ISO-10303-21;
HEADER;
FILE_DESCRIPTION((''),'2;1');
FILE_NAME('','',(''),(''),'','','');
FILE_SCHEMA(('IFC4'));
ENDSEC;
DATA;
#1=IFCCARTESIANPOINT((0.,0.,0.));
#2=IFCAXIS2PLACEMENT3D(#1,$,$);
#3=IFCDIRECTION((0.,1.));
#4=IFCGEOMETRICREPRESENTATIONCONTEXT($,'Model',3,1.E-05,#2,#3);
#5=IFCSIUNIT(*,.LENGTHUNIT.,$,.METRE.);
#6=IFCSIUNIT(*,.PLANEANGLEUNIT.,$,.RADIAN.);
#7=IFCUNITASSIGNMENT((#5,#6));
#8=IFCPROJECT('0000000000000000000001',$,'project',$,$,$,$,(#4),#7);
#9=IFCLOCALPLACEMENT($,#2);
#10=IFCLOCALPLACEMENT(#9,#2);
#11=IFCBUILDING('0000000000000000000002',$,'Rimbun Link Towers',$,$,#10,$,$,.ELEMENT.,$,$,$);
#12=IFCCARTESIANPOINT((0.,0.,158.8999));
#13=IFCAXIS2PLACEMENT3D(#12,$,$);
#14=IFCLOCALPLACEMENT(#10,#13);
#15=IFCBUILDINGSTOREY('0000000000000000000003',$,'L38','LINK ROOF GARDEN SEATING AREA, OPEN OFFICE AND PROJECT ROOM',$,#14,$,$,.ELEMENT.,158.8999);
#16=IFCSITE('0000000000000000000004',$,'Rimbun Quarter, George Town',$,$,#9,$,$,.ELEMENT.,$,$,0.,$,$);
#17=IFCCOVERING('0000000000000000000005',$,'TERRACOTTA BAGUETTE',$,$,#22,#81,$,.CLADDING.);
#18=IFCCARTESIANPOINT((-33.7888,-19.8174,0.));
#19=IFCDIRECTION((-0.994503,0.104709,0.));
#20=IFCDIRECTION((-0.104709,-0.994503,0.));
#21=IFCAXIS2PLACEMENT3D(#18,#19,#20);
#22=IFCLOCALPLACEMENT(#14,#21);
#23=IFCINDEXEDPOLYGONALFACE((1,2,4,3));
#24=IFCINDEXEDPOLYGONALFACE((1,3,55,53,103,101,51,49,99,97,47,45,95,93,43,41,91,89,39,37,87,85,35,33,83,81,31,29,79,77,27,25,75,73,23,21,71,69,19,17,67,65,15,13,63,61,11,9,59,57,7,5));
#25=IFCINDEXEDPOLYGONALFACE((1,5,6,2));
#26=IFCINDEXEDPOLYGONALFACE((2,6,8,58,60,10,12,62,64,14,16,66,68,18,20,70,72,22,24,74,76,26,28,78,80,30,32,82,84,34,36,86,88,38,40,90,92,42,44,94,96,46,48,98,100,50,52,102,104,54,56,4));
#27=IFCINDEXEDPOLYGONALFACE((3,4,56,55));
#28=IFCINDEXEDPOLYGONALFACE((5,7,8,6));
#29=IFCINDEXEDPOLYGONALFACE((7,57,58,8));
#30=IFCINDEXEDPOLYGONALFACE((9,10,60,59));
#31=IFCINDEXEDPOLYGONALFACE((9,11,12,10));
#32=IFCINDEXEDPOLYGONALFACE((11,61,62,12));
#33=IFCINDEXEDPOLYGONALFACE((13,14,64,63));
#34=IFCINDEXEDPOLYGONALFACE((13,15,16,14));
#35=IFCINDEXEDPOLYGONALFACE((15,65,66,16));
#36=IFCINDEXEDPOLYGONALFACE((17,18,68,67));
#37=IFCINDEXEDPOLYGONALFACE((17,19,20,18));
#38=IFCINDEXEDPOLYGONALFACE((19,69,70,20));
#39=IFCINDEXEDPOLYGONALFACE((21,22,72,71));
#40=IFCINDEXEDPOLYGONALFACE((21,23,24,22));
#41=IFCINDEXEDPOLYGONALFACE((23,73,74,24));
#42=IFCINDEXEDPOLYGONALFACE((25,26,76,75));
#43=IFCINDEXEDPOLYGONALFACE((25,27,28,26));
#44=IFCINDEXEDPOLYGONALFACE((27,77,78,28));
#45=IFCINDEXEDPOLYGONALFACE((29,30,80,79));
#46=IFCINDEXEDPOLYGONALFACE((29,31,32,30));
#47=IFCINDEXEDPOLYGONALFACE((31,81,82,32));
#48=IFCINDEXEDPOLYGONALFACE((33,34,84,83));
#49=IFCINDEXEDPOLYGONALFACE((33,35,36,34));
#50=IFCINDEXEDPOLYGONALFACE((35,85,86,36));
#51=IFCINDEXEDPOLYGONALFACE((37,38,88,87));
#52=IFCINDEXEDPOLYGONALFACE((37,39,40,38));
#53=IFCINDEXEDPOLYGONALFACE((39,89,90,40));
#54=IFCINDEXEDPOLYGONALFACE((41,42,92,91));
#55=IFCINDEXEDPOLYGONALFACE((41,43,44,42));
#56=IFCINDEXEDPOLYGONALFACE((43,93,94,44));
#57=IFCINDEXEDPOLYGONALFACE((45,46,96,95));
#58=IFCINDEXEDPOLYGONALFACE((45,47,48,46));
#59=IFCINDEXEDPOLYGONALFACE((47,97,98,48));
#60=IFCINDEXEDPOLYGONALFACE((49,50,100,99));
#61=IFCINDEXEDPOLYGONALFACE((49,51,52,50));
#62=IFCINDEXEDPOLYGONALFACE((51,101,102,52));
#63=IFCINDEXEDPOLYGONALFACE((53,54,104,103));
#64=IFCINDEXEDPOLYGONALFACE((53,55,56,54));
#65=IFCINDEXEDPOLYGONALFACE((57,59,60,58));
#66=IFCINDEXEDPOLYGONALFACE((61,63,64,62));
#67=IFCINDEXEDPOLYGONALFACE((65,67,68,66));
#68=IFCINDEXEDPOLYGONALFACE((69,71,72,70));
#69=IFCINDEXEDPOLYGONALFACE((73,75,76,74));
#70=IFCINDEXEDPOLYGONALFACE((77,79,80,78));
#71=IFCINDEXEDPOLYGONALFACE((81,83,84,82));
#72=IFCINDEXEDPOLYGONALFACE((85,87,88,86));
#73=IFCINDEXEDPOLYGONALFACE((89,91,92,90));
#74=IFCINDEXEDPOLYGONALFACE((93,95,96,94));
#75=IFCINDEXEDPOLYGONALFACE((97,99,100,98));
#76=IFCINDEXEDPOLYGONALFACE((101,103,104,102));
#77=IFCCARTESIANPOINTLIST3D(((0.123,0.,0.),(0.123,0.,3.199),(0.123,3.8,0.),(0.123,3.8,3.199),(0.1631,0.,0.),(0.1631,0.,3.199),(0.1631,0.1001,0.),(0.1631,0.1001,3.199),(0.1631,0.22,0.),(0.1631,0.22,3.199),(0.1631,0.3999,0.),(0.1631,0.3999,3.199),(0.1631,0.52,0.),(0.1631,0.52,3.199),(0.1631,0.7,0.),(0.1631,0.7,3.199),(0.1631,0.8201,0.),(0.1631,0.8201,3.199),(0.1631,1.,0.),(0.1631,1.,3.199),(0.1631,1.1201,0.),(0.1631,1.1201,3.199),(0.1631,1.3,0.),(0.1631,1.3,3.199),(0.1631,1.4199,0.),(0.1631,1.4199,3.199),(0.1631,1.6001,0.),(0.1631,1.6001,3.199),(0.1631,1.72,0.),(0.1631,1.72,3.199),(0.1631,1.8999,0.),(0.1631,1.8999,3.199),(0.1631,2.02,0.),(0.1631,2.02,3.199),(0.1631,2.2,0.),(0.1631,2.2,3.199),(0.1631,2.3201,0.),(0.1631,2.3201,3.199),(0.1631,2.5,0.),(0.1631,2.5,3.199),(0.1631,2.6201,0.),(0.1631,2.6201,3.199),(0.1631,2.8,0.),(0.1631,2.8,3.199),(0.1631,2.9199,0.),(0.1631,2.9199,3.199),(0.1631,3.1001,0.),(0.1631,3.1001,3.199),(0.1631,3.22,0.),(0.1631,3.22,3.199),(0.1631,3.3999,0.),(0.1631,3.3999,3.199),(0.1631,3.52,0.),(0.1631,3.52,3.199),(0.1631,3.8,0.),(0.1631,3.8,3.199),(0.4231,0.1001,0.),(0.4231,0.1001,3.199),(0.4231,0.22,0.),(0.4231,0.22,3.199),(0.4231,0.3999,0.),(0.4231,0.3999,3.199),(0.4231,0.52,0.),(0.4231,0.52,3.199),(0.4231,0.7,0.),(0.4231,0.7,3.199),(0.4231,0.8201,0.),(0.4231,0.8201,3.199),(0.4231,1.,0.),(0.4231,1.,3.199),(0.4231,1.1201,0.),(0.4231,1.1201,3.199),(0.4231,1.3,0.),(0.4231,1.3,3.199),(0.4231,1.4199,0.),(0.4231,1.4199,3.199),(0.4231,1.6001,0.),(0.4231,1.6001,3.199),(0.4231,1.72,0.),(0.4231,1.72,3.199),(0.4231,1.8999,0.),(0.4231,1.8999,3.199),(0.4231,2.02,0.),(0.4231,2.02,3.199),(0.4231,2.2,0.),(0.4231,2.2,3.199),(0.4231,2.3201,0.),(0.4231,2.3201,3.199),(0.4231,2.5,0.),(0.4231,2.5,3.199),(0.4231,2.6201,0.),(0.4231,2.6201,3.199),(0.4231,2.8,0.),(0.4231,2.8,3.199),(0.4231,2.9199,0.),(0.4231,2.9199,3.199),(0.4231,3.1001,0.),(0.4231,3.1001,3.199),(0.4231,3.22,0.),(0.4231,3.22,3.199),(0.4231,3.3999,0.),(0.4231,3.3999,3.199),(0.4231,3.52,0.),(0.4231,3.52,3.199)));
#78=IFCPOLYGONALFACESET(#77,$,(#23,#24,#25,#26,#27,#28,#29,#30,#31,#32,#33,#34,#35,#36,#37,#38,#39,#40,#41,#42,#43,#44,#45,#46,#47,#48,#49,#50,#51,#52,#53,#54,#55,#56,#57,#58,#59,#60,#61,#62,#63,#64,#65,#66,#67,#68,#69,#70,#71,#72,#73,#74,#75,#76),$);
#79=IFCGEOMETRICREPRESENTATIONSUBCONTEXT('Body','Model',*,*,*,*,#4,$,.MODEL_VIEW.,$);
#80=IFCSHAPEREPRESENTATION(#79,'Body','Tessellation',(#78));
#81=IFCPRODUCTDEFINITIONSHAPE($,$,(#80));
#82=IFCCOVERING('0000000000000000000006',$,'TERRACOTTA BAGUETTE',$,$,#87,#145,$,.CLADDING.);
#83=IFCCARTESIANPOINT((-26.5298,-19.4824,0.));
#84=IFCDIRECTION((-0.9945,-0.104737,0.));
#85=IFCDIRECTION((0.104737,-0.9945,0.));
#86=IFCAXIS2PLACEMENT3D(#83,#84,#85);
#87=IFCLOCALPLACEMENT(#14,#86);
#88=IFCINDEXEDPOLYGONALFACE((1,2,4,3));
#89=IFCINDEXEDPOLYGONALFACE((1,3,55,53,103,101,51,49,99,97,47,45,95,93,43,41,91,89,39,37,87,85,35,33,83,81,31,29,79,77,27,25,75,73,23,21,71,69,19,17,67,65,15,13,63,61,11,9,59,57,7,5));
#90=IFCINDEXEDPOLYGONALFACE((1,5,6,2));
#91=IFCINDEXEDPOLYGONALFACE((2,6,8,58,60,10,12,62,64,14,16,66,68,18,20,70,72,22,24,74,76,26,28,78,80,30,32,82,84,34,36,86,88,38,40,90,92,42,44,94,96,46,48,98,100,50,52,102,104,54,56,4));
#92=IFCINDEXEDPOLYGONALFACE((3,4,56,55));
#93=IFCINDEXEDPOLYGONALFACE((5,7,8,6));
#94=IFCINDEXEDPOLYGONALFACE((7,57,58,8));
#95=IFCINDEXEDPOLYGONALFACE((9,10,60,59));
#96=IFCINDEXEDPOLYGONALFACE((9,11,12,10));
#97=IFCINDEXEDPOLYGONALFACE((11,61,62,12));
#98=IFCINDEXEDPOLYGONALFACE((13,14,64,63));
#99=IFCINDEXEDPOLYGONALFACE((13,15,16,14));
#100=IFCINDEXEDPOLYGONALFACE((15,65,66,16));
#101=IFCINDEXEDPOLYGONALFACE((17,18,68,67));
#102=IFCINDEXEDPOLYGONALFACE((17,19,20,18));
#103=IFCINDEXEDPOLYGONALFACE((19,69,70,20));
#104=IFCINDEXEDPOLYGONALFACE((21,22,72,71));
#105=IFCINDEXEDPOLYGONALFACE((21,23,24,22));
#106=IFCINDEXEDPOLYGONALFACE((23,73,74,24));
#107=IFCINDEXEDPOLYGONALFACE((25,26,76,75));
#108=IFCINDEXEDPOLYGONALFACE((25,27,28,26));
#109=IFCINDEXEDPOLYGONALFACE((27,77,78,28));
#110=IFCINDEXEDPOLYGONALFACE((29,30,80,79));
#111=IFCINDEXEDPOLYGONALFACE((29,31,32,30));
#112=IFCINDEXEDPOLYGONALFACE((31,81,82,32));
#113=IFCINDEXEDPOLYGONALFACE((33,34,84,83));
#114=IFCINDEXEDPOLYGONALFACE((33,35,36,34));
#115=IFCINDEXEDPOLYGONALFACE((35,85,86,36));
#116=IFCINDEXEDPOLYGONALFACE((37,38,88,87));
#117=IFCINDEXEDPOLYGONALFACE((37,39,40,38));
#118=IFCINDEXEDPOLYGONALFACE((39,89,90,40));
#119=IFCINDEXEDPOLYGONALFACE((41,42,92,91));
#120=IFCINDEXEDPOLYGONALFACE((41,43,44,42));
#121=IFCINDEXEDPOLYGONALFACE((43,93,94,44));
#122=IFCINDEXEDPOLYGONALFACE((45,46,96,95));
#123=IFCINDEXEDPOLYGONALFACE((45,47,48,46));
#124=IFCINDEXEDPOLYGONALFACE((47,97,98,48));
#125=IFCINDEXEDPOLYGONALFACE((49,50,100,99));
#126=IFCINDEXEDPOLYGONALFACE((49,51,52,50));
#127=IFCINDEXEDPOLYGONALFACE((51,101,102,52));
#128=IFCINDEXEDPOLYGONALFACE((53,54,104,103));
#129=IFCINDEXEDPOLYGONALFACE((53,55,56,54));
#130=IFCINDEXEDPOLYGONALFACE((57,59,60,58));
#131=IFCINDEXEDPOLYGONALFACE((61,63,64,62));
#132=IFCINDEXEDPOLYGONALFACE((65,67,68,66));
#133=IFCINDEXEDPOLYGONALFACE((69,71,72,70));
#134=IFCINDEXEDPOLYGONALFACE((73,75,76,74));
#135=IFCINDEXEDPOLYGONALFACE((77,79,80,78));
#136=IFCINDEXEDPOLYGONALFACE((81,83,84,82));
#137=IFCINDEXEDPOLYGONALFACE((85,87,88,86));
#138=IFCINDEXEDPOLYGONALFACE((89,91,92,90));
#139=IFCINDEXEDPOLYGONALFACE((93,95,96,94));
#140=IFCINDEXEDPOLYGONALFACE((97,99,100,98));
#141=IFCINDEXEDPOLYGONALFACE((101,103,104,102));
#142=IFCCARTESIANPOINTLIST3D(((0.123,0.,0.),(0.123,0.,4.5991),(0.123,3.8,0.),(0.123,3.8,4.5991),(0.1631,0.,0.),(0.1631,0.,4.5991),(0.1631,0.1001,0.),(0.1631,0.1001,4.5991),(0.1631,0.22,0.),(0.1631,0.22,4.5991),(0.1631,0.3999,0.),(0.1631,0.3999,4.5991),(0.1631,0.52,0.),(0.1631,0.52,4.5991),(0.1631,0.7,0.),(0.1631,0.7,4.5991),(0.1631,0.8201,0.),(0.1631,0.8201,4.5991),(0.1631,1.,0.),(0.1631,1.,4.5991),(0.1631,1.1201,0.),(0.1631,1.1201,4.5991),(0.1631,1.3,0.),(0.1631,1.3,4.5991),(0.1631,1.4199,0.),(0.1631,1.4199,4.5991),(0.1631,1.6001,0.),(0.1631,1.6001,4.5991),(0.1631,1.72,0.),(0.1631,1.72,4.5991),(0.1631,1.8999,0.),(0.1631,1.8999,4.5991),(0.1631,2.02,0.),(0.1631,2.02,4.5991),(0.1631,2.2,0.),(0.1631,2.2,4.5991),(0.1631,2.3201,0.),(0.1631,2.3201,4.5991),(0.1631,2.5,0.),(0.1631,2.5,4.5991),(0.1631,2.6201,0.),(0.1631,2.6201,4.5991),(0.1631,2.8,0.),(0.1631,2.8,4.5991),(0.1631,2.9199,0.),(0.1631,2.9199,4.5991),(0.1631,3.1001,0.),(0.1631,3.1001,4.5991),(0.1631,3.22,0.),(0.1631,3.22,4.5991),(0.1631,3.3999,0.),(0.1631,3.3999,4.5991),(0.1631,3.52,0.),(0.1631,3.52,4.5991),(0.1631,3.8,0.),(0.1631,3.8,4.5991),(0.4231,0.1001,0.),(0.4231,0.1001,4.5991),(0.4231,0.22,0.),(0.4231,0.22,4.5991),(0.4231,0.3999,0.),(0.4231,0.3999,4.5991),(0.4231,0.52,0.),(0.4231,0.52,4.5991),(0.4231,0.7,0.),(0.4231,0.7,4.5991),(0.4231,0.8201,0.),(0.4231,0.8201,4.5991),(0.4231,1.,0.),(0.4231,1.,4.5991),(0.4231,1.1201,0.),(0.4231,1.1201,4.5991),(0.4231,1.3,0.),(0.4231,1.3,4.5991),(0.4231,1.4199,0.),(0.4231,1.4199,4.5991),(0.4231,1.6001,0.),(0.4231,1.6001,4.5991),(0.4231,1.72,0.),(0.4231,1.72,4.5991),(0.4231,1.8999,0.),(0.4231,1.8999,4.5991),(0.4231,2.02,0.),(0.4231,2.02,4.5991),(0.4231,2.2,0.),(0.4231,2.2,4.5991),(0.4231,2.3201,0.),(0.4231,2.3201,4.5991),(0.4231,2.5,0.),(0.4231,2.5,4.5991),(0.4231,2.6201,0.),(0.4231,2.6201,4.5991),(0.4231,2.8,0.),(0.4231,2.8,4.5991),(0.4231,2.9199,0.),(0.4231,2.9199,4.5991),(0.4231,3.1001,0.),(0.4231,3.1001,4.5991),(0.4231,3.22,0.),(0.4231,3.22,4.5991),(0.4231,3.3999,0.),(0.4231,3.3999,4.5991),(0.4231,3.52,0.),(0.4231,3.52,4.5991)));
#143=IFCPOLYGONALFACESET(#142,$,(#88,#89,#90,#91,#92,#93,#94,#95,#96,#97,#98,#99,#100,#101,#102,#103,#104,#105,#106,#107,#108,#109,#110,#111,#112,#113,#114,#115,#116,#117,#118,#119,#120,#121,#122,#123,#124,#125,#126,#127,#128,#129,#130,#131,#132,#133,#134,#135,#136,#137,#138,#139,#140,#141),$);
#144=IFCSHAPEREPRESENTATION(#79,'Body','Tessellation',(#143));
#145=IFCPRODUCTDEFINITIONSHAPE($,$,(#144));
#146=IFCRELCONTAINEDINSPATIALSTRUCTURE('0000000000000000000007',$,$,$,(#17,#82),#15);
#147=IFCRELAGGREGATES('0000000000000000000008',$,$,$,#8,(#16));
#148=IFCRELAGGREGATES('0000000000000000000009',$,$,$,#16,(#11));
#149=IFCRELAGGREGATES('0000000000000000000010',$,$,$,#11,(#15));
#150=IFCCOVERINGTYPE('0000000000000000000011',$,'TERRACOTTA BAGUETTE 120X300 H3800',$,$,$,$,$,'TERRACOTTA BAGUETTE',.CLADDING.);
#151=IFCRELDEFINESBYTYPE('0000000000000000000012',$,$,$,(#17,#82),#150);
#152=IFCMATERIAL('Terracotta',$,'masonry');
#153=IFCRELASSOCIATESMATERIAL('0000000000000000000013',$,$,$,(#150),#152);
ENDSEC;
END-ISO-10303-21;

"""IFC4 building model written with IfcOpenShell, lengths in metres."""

from ifc_helpers import new_model, si_unit, direction, frame, origin, place, context, subcontext, project, spatial, polyline, outline, extrude, material, material_profile, profile_set, type_object, element, save


model = new_model("IFC4")

# Units and contexts
model_context = context("Model", 3, precision=1e-05, world=origin(), true_north=direction((0.0, 1.0)))
body_context = subcontext(model_context, "Body", "Model", "MODEL_VIEW")
ifc_project = project(units=[si_unit("LENGTHUNIT", "METRE"), si_unit("PLANEANGLEUNIT", "RADIAN")], contexts=[model_context])

# Site, building, storey
site_placement = place(None, origin())
site = spatial("IfcSite", under=ifc_project, at=site_placement, Name="Rimbun Quarter, George Town", CompositionType="ELEMENT", RefElevation=0.0)
building_placement = place(site_placement, origin())
building = spatial("IfcBuilding", under=site, at=building_placement, Name="Rimbun Link Towers", CompositionType="ELEMENT")
storey_placement = place(building_placement, frame((0.0, 0.0, 158.8999)))
storey = spatial("IfcBuildingStorey", under=building, at=storey_placement, Name="L38", Description="LINK ROOF GARDEN SEATING AREA, OPEN OFFICE AND PROJECT ROOM", CompositionType="ELEMENT", Elevation=158.8999)

# Coverings
ifc_material_1 = material(Name="Terracotta", Category="masonry")
ifc_material_profile_1 = material_profile(ifc_material_1, outline(polyline([(0.123, 0.0), (0.1631, 0.0), (0.1631, 0.1001), (0.4231, 0.1001), (0.4231, 0.22), (0.1631, 0.22), (0.1631, 0.3999), (0.4231, 0.3999), (0.4231, 0.52), (0.1631, 0.52), (0.1631, 0.7), (0.4231, 0.7), (0.4231, 0.8201), (0.1631, 0.8201), (0.1631, 1.0), (0.4231, 1.0), (0.4231, 1.1201), (0.1631, 1.1201), (0.1631, 1.3), (0.4231, 1.3), (0.4231, 1.4199), (0.1631, 1.4199), (0.1631, 1.6001), (0.4231, 1.6001), (0.4231, 1.72), (0.1631, 1.72), (0.1631, 1.8999), (0.4231, 1.8999), (0.4231, 2.02), (0.1631, 2.02), (0.1631, 2.2), (0.4231, 2.2), (0.4231, 2.3201), (0.1631, 2.3201), (0.1631, 2.5), (0.4231, 2.5), (0.4231, 2.6201), (0.1631, 2.6201), (0.1631, 2.8), (0.4231, 2.8), (0.4231, 2.9199), (0.1631, 2.9199), (0.1631, 3.1001), (0.4231, 3.1001), (0.4231, 3.22), (0.1631, 3.22), (0.1631, 3.3999), (0.4231, 3.3999), (0.4231, 3.52), (0.1631, 3.52), (0.1631, 3.8), (0.123, 3.8), (0.123, 0.0)])), Name="BAGUETTE 120X300")
ifc_profile_set_1 = profile_set([ifc_material_profile_1], Name="Terracotta")
covering_type = type_object("IfcCoveringType", Name="TERRACOTTA BAGUETTE 120X300 H3800", ElementType="TERRACOTTA BAGUETTE", PredefinedType="CLADDING", material=ifc_profile_set_1)
covering_1_placement = place(storey_placement, frame((-33.7888, -19.8174, 0.0), z_axis=(-0.994503, 0.104709, 0.0), x_axis=(-0.104709, -0.994503, 0.0)))
element("IfcCovering", 1, at=covering_1_placement, inside=storey, type_object=covering_type, Name="TERRACOTTA BAGUETTE", PredefinedType="CLADDING", context=body_context, shape_type="SweptSolid", body=[
    extrude(outline(polyline([(0.123, 0.0), (0.1631, 0.0), (0.1631, 0.1001), (0.4231, 0.1001), (0.4231, 0.22), (0.1631, 0.22), (0.1631, 0.3999), (0.4231, 0.3999), (0.4231, 0.52), (0.1631, 0.52), (0.1631, 0.7), (0.4231, 0.7), (0.4231, 0.8201), (0.1631, 0.8201), (0.1631, 1.0), (0.4231, 1.0), (0.4231, 1.1201), (0.1631, 1.1201), (0.1631, 1.3), (0.4231, 1.3), (0.4231, 1.4199), (0.1631, 1.4199), (0.1631, 1.6001), (0.4231, 1.6001), (0.4231, 1.72), (0.1631, 1.72), (0.1631, 1.8999), (0.4231, 1.8999), (0.4231, 2.02), (0.1631, 2.02), (0.1631, 2.2), (0.4231, 2.2), (0.4231, 2.3201), (0.1631, 2.3201), (0.1631, 2.5), (0.4231, 2.5), (0.4231, 2.6201), (0.1631, 2.6201), (0.1631, 2.8), (0.4231, 2.8), (0.4231, 2.9199), (0.1631, 2.9199), (0.1631, 3.1001), (0.4231, 3.1001), (0.4231, 3.22), (0.1631, 3.22), (0.1631, 3.3999), (0.4231, 3.3999), (0.4231, 3.52), (0.1631, 3.52), (0.1631, 3.8), (0.123, 3.8), (0.123, 0.0)])), origin(), (0.0, 0.0, 1.0), 3.199),
])
covering_2_placement = place(storey_placement, frame((-26.5298, -19.4824, 0.0), z_axis=(-0.9945, -0.104737, 0.0), x_axis=(0.104737, -0.9945, 0.0)))
element("IfcCovering", 2, at=covering_2_placement, inside=storey, type_object=covering_type, Name="TERRACOTTA BAGUETTE", PredefinedType="CLADDING", context=body_context, shape_type="SweptSolid", body=[
    extrude(outline(polyline([(0.123, 0.0), (0.1631, 0.0), (0.1631, 0.1001), (0.4231, 0.1001), (0.4231, 0.22), (0.1631, 0.22), (0.1631, 0.3999), (0.4231, 0.3999), (0.4231, 0.52), (0.1631, 0.52), (0.1631, 0.7), (0.4231, 0.7), (0.4231, 0.8201), (0.1631, 0.8201), (0.1631, 1.0), (0.4231, 1.0), (0.4231, 1.1201), (0.1631, 1.1201), (0.1631, 1.3), (0.4231, 1.3), (0.4231, 1.4199), (0.1631, 1.4199), (0.1631, 1.6001), (0.4231, 1.6001), (0.4231, 1.72), (0.1631, 1.72), (0.1631, 1.8999), (0.4231, 1.8999), (0.4231, 2.02), (0.1631, 2.02), (0.1631, 2.2), (0.4231, 2.2), (0.4231, 2.3201), (0.1631, 2.3201), (0.1631, 2.5), (0.4231, 2.5), (0.4231, 2.6201), (0.1631, 2.6201), (0.1631, 2.8), (0.4231, 2.8), (0.4231, 2.9199), (0.1631, 2.9199), (0.1631, 3.1001), (0.4231, 3.1001), (0.4231, 3.22), (0.1631, 3.22), (0.1631, 3.3999), (0.4231, 3.3999), (0.4231, 3.52), (0.1631, 3.52), (0.1631, 3.8), (0.123, 3.8), (0.123, 0.0)])), origin(), (0.0, 0.0, 1.0), 4.5991),
])

save(model, "model.ifc")
